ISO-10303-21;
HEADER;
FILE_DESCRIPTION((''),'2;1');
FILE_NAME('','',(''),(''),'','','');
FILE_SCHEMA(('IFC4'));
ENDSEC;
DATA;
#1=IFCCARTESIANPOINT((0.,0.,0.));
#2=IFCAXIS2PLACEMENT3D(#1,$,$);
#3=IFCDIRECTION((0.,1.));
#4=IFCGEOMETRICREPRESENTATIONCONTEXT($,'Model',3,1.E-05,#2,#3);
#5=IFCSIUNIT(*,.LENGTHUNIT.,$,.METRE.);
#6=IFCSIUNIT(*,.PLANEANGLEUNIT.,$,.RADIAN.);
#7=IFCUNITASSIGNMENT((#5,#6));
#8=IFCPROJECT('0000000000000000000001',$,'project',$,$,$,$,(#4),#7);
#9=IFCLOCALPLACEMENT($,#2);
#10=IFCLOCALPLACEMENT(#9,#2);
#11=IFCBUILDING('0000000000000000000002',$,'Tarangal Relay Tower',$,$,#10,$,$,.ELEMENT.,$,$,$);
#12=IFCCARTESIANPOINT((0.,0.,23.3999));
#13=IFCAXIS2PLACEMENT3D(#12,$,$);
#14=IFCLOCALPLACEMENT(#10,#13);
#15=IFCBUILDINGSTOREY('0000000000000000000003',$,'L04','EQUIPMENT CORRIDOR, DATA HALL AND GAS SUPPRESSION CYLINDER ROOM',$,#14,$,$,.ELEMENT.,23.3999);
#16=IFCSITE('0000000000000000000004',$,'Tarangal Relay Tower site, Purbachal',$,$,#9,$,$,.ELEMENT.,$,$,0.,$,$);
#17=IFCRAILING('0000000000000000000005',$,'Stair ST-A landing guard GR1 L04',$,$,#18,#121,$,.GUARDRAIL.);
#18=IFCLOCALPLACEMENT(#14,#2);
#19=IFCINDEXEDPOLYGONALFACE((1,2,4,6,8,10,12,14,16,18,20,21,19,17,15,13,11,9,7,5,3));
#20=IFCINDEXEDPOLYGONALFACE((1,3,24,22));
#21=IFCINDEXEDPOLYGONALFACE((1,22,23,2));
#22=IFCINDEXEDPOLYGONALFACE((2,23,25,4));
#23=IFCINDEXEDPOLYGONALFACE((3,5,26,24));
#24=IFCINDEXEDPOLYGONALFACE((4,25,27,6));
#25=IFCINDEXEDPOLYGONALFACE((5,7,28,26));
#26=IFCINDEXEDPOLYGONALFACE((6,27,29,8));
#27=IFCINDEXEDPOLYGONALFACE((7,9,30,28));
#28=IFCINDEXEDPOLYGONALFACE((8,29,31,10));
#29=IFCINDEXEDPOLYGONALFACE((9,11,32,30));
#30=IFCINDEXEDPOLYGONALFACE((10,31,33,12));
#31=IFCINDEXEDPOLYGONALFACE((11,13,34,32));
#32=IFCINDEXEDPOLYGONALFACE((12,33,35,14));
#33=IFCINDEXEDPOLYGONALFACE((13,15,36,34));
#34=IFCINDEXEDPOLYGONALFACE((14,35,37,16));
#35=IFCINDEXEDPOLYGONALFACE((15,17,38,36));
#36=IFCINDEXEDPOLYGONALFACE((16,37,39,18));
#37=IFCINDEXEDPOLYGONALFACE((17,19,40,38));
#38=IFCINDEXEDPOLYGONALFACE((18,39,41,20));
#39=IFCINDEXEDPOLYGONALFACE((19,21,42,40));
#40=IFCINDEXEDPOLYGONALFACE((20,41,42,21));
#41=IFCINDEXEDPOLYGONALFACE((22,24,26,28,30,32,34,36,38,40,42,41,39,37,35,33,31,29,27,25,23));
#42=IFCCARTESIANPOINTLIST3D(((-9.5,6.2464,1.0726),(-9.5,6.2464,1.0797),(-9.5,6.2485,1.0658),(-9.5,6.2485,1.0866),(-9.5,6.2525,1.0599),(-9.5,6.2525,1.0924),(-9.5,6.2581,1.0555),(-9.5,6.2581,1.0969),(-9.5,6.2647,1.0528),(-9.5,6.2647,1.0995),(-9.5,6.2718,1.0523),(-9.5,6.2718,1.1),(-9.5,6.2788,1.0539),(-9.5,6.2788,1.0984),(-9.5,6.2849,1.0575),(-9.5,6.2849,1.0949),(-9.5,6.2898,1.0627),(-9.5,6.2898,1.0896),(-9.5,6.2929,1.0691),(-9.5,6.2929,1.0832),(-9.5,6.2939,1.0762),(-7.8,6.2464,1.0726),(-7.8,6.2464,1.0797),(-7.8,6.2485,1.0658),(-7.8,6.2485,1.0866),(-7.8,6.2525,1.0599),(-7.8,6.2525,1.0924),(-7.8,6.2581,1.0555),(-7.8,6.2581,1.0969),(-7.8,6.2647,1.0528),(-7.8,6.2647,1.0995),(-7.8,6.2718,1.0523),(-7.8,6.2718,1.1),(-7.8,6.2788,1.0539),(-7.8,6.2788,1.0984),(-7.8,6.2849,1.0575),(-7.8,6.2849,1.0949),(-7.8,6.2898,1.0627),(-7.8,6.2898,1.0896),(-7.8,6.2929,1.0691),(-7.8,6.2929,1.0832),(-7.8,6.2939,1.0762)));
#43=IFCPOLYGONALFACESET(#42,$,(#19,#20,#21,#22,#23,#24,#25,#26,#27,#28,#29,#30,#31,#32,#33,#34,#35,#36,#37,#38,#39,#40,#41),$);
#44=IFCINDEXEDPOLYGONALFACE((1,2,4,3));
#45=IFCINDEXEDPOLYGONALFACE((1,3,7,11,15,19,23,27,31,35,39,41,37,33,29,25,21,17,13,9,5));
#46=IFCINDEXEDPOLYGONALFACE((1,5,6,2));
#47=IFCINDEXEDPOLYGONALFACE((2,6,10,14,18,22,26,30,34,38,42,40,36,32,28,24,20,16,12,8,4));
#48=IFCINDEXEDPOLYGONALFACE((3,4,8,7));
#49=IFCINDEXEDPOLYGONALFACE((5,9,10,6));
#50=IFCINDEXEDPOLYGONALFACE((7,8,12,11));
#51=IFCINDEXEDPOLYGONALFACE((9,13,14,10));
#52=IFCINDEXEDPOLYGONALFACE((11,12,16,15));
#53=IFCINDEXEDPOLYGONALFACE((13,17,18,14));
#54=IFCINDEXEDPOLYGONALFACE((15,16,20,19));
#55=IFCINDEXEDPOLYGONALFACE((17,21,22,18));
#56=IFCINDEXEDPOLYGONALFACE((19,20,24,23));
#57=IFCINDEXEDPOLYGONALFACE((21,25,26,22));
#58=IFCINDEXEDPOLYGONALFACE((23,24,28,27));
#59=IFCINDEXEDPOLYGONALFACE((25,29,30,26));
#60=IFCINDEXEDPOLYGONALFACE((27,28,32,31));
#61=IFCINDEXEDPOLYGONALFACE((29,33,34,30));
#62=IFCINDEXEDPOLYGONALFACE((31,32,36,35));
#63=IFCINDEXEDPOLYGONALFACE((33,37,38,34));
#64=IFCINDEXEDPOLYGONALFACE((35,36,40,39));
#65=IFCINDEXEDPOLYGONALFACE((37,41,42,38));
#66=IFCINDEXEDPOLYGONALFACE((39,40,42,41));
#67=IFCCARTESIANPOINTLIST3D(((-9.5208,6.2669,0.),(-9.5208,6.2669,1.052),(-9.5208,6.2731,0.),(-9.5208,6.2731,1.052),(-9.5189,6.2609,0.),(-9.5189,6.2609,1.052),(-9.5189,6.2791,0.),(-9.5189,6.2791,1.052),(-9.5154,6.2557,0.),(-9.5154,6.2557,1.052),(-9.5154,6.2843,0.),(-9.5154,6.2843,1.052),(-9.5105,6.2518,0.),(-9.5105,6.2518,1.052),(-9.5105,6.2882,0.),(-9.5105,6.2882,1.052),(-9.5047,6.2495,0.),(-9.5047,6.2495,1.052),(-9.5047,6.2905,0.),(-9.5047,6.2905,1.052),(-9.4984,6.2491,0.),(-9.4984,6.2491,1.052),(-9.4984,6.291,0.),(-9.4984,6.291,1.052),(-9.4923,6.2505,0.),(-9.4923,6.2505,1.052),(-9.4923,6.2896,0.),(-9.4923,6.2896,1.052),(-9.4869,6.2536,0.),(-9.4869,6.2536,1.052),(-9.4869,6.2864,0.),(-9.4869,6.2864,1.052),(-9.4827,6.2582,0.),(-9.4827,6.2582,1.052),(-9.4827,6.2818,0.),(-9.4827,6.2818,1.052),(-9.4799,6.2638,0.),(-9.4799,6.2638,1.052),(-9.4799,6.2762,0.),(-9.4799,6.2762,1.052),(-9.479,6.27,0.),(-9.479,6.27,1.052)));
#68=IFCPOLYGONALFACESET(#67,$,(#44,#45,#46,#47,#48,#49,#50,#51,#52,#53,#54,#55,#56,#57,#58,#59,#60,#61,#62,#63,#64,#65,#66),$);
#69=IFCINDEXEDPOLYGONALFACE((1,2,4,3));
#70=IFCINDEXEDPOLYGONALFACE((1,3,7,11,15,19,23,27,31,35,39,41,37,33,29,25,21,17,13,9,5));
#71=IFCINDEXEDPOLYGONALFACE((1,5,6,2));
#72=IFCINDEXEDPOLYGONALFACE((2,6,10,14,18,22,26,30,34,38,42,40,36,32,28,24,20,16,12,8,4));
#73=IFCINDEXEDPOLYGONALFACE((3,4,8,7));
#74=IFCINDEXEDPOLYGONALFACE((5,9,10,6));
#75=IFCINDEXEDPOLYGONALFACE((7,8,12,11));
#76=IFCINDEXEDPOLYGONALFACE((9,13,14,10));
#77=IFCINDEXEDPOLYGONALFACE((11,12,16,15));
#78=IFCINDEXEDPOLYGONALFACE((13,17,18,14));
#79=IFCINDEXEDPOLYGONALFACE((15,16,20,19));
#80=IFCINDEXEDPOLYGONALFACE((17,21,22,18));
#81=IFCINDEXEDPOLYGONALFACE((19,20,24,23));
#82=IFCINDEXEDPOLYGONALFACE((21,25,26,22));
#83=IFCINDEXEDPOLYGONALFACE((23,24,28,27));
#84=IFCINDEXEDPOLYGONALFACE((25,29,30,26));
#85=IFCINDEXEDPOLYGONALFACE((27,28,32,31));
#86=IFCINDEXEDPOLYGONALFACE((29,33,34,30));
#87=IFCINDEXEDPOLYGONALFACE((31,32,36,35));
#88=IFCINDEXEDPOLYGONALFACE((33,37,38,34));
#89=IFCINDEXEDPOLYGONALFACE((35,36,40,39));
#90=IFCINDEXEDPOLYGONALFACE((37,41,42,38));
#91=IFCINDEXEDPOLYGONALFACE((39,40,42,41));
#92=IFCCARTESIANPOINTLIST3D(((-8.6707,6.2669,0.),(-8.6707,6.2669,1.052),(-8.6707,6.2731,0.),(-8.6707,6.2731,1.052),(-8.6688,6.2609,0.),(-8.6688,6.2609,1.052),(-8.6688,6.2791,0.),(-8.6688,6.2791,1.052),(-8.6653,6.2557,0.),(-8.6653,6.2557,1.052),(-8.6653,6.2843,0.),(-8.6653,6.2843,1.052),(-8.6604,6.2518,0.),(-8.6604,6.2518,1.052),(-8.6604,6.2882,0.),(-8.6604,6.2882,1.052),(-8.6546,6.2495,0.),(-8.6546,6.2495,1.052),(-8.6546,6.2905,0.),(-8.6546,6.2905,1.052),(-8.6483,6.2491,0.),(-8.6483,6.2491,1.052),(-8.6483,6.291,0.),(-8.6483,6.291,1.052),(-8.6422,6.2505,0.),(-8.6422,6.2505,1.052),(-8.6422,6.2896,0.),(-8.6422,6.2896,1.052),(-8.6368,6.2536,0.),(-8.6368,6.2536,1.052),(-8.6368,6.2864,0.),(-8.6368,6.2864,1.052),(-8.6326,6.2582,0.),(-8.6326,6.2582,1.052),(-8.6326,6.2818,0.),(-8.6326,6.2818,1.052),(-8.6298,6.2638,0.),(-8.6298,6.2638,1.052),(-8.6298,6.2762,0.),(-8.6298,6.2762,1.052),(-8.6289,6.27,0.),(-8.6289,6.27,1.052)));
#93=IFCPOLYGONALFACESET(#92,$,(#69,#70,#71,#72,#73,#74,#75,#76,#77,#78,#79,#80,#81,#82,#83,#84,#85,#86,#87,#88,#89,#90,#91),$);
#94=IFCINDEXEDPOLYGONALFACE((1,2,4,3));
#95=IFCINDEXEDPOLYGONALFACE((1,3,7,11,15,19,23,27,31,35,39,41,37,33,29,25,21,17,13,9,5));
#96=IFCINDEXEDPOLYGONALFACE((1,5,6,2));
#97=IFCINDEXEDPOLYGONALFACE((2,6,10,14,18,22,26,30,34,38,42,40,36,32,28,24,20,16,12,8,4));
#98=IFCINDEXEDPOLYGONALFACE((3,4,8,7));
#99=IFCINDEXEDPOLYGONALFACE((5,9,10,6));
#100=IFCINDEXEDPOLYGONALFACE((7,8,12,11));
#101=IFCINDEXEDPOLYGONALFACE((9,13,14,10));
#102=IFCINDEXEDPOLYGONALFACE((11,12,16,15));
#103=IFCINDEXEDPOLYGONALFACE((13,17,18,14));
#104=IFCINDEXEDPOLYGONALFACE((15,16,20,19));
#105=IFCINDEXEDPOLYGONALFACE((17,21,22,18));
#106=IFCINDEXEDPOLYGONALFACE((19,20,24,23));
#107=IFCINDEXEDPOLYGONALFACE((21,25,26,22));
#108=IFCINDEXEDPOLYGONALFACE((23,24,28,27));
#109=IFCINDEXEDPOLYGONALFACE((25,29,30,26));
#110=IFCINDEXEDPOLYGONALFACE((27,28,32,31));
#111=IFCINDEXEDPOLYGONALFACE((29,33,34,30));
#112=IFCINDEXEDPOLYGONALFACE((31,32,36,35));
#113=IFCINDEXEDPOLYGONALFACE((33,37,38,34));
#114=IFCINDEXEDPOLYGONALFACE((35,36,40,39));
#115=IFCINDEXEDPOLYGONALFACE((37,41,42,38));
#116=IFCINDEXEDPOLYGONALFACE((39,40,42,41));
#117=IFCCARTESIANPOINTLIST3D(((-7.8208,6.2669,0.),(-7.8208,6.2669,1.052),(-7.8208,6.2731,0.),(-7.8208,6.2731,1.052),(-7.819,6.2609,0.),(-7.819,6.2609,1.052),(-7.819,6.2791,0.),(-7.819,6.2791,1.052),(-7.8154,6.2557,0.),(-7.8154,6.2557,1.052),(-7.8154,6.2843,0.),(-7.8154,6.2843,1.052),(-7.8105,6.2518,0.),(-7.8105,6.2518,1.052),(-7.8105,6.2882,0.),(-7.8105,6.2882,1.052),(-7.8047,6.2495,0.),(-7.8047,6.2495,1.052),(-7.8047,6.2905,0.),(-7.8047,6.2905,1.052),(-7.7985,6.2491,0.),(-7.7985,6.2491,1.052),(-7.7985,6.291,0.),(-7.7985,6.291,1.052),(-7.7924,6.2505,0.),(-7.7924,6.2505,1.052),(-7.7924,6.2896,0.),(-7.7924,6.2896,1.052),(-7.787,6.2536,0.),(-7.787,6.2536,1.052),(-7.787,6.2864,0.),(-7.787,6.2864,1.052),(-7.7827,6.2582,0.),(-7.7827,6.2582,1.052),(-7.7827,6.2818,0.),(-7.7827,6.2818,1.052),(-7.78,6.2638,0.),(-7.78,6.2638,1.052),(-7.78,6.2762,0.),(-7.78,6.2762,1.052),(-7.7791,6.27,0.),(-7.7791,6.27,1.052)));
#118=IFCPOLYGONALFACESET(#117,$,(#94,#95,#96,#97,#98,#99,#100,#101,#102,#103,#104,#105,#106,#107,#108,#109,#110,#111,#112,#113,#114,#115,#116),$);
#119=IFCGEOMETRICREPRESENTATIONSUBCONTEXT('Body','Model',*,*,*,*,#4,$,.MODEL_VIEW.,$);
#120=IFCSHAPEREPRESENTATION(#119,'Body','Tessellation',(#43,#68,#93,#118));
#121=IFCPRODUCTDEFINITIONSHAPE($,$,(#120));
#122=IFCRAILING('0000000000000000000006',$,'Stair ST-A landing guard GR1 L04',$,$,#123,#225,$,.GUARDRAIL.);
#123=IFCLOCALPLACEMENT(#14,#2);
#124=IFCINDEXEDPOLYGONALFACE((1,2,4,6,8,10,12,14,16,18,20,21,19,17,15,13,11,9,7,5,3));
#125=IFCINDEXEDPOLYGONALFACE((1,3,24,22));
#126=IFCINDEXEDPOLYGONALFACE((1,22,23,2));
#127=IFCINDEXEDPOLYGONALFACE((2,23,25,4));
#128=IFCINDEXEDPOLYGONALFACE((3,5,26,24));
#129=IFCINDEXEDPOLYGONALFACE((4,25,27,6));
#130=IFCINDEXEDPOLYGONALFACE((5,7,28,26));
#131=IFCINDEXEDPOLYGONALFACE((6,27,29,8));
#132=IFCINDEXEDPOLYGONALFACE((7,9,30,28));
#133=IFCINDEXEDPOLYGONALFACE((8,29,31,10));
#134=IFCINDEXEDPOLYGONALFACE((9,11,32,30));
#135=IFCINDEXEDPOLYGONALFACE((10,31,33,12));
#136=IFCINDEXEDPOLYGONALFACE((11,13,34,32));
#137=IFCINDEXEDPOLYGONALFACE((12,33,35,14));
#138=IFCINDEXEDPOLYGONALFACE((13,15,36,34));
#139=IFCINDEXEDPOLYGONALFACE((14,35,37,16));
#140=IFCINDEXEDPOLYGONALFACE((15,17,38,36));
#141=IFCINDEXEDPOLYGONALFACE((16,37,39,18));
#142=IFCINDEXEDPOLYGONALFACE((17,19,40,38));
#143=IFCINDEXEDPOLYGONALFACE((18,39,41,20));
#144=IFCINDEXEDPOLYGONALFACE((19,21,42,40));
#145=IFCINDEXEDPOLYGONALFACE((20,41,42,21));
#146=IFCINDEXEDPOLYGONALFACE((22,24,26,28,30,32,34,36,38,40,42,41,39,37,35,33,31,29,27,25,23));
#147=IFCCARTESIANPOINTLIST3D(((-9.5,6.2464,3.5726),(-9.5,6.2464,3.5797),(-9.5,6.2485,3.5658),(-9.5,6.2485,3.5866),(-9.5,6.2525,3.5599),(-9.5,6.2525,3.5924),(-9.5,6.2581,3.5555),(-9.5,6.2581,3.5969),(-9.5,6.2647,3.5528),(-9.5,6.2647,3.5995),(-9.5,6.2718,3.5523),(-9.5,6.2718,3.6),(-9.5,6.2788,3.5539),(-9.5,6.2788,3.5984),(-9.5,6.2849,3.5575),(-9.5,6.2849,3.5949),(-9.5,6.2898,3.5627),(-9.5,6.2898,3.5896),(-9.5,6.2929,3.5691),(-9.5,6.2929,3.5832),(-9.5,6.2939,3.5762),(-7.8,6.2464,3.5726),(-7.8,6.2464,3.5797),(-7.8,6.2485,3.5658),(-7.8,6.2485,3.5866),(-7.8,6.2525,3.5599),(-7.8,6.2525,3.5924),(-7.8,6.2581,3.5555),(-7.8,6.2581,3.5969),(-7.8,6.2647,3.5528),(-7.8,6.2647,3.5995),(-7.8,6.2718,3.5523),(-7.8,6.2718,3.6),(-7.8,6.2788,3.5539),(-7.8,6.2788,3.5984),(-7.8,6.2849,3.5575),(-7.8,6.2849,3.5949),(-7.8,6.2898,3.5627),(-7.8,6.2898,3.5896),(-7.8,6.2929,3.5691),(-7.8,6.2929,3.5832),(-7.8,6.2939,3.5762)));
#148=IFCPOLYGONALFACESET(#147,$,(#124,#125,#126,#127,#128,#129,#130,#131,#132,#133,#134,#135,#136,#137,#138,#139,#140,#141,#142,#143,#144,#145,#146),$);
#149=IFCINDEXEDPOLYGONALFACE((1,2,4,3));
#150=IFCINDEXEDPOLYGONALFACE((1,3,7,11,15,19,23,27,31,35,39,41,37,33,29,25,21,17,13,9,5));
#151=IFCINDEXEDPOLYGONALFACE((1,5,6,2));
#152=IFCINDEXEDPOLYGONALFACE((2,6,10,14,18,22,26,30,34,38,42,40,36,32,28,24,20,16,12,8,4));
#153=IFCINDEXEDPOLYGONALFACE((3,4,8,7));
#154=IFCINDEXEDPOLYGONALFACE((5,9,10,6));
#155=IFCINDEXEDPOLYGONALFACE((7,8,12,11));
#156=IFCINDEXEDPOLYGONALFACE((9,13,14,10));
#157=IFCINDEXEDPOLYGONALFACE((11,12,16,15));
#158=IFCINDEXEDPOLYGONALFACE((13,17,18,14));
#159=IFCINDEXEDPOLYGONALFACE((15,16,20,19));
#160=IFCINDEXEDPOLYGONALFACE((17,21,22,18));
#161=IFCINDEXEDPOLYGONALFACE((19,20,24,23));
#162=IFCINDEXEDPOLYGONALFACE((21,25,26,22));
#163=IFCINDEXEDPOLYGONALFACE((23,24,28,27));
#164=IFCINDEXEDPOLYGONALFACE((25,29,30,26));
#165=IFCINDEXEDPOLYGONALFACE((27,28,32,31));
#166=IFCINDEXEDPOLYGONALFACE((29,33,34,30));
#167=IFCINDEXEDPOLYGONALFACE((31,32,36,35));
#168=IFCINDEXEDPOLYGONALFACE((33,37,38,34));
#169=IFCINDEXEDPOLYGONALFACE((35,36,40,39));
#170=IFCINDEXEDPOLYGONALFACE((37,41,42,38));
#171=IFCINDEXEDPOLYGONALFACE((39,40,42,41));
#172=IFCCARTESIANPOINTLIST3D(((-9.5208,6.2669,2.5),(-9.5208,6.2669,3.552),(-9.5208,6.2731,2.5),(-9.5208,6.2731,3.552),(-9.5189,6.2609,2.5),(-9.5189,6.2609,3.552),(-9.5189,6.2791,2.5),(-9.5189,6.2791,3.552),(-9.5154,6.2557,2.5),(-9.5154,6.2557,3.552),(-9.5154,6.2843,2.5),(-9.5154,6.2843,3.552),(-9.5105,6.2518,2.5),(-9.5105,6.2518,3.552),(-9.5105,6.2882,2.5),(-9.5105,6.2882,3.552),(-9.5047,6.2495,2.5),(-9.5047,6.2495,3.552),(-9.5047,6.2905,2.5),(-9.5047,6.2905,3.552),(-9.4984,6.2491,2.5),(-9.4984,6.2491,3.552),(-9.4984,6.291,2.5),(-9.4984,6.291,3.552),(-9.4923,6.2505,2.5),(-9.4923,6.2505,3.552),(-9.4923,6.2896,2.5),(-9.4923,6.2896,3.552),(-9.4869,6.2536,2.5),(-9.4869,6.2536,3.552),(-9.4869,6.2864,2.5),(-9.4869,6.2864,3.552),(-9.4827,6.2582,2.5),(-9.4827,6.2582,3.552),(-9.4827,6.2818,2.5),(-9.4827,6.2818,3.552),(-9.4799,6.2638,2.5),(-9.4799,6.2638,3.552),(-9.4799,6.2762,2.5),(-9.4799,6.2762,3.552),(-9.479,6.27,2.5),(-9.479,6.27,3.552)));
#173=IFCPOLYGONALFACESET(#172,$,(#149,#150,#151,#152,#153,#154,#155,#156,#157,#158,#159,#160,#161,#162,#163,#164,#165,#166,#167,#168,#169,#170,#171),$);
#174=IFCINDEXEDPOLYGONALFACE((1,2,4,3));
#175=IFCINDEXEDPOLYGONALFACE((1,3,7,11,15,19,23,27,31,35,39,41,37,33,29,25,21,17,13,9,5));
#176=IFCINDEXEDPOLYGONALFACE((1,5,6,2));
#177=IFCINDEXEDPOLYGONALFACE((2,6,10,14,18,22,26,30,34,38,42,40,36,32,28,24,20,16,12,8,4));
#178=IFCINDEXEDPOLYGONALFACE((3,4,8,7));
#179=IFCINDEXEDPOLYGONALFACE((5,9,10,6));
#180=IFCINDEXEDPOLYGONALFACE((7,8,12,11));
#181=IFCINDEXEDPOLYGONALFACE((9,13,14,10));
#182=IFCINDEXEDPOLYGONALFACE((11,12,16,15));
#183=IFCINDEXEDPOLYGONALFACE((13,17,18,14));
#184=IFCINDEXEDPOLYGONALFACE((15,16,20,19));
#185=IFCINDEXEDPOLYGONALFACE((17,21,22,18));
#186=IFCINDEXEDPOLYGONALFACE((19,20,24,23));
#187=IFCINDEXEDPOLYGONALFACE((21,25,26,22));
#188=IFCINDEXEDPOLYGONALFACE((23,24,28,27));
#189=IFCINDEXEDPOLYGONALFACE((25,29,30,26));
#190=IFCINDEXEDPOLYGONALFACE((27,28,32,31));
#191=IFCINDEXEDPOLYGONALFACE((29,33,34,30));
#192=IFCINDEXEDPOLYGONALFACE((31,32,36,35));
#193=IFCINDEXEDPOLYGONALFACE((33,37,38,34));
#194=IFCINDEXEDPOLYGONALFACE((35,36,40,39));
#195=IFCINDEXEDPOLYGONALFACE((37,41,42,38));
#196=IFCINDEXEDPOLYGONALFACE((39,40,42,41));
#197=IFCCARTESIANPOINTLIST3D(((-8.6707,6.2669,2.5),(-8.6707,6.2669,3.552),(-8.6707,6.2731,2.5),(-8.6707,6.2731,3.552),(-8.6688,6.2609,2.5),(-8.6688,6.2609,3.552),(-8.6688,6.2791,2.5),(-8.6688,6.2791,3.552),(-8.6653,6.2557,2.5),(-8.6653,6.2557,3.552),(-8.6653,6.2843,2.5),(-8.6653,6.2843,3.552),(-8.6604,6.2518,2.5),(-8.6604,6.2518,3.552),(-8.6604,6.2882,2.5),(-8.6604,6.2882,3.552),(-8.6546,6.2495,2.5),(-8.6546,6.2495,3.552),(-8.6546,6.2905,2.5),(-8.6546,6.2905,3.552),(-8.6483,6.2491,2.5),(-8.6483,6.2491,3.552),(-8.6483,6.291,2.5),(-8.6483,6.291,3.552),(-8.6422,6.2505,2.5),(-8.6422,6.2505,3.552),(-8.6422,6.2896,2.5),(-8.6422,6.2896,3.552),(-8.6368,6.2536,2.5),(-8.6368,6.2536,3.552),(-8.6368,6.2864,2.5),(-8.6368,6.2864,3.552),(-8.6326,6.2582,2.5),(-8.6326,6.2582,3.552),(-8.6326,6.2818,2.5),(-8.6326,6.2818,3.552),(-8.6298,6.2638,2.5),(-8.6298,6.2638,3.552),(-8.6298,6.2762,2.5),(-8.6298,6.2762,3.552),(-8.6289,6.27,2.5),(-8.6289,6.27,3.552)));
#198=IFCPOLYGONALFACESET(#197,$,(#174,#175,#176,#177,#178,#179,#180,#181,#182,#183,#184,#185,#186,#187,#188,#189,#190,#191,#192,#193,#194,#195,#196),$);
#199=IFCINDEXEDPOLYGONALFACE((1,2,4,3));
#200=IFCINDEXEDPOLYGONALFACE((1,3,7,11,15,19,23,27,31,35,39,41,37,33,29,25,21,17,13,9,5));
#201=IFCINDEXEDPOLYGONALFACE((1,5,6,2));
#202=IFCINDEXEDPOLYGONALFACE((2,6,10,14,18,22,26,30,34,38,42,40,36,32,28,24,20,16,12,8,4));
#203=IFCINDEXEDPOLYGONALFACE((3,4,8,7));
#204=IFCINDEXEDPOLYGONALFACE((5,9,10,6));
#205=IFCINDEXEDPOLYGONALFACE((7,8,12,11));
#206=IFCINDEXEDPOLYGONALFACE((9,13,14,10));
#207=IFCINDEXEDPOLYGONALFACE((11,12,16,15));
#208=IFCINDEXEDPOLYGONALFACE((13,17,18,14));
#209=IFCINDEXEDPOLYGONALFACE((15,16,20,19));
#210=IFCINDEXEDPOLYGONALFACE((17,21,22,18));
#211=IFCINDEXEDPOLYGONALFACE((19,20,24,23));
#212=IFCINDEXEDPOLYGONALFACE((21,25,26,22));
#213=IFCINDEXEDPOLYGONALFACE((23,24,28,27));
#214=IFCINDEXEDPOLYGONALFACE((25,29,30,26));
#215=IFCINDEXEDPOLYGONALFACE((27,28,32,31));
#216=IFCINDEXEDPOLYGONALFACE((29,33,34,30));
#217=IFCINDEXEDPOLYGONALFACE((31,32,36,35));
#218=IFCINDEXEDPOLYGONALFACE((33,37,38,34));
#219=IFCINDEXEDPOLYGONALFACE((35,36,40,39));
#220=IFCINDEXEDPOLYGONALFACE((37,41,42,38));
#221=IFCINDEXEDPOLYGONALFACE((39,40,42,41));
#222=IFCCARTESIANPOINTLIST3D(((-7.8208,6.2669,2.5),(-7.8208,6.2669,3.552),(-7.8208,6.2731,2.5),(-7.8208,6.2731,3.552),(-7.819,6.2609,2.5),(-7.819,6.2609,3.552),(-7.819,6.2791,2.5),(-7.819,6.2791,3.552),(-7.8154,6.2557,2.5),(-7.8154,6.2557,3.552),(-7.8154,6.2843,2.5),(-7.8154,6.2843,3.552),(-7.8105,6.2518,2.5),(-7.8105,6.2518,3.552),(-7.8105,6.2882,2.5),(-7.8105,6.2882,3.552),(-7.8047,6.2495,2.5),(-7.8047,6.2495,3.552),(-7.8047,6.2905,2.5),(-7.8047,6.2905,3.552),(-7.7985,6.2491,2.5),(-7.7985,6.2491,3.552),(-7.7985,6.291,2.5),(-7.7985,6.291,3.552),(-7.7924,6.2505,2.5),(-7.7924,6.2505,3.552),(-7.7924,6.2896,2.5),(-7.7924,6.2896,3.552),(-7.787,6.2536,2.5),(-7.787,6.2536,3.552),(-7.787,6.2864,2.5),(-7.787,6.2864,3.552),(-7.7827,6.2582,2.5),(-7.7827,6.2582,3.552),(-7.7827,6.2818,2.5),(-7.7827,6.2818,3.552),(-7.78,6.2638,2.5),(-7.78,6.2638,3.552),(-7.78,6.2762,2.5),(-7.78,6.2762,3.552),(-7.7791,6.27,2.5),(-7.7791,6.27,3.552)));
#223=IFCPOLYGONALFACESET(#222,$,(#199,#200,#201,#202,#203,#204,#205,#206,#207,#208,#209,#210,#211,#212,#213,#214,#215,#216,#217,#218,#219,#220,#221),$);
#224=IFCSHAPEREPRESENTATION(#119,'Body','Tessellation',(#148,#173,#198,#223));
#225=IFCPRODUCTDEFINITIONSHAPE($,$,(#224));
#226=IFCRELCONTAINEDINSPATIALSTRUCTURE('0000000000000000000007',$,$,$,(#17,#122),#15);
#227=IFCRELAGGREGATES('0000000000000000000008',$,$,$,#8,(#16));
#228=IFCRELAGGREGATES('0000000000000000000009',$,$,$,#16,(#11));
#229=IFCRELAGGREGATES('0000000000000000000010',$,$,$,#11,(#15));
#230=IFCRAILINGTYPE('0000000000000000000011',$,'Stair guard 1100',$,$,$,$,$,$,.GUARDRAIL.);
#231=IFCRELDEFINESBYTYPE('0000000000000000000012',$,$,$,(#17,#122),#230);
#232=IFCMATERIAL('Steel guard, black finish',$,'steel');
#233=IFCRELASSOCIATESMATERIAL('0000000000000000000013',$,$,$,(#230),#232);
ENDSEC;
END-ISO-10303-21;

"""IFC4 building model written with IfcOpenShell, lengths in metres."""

from ifc_helpers import new_model, si_unit, direction, frame, origin, origin_2d, place, context, subcontext, project, spatial, circle, extrude, material, type_object, element, save


model = new_model("IFC4")

# Units and contexts
model_context = context("Model", 3, precision=1e-05, world=origin(), true_north=direction((0.0, 1.0)))
body_context = subcontext(model_context, "Body", "Model", "MODEL_VIEW")
ifc_project = project(units=[si_unit("LENGTHUNIT", "METRE"), si_unit("PLANEANGLEUNIT", "RADIAN")], contexts=[model_context])

# Site, building, storey
site_placement = place(None, origin())
site = spatial("IfcSite", under=ifc_project, at=site_placement, Name="Tarangal Relay Tower site, Purbachal", CompositionType="ELEMENT", RefElevation=0.0)
building_placement = place(site_placement, origin())
building = spatial("IfcBuilding", under=site, at=building_placement, Name="Tarangal Relay Tower", CompositionType="ELEMENT")
storey_placement = place(building_placement, frame((0.0, 0.0, 23.3999)))
storey = spatial("IfcBuildingStorey", under=building, at=storey_placement, Name="L04", Description="EQUIPMENT CORRIDOR, DATA HALL AND GAS SUPPRESSION CYLINDER ROOM", CompositionType="ELEMENT", Elevation=23.3999)

# Railings
ifc_material_1 = material(Name="Steel guard, black finish", Category="steel")
railing_type_1 = type_object("IfcRailingType", Name="Stair guard 1100", PredefinedType="GUARDRAIL", material=ifc_material_1)
for number, where, name in (
    (1, (-9.5, 6.27, 0.0), "Stair ST-A landing guard GR1 L04"),
    (2, (-9.5, 6.27, 2.5), "Stair ST-A landing guard GR1 L04"),
):
    element("IfcRailing", number, at=place(storey_placement, frame(where)), inside=storey, type_object=railing_type_1, Name=name, PredefinedType="GUARDRAIL", context=body_context, shape_type="SweptSolid", body=[
        extrude(circle(Radius=0.0239, at=origin_2d()), frame((0.0, 0.0, 1.0762), z_axis=(1.0, 0.0, 0.0), x_axis=(0.0, 1.0, 0.0)), (0.0, 0.0, 1.0), 1.7),
        extrude(circle(Radius=0.021, at=origin_2d()), origin(), (0.0, 0.0, 1.0), 1.052),
        extrude(circle(Radius=0.021, at=origin_2d()), frame((0.8501, 0.0, 0.0)), (0.0, 0.0, 1.0), 1.052),
        extrude(circle(Radius=0.021, at=origin_2d()), frame((1.7, 0.0, 0.0)), (0.0, 0.0, 1.0), 1.052),
    ])

save(model, "model.ifc")
